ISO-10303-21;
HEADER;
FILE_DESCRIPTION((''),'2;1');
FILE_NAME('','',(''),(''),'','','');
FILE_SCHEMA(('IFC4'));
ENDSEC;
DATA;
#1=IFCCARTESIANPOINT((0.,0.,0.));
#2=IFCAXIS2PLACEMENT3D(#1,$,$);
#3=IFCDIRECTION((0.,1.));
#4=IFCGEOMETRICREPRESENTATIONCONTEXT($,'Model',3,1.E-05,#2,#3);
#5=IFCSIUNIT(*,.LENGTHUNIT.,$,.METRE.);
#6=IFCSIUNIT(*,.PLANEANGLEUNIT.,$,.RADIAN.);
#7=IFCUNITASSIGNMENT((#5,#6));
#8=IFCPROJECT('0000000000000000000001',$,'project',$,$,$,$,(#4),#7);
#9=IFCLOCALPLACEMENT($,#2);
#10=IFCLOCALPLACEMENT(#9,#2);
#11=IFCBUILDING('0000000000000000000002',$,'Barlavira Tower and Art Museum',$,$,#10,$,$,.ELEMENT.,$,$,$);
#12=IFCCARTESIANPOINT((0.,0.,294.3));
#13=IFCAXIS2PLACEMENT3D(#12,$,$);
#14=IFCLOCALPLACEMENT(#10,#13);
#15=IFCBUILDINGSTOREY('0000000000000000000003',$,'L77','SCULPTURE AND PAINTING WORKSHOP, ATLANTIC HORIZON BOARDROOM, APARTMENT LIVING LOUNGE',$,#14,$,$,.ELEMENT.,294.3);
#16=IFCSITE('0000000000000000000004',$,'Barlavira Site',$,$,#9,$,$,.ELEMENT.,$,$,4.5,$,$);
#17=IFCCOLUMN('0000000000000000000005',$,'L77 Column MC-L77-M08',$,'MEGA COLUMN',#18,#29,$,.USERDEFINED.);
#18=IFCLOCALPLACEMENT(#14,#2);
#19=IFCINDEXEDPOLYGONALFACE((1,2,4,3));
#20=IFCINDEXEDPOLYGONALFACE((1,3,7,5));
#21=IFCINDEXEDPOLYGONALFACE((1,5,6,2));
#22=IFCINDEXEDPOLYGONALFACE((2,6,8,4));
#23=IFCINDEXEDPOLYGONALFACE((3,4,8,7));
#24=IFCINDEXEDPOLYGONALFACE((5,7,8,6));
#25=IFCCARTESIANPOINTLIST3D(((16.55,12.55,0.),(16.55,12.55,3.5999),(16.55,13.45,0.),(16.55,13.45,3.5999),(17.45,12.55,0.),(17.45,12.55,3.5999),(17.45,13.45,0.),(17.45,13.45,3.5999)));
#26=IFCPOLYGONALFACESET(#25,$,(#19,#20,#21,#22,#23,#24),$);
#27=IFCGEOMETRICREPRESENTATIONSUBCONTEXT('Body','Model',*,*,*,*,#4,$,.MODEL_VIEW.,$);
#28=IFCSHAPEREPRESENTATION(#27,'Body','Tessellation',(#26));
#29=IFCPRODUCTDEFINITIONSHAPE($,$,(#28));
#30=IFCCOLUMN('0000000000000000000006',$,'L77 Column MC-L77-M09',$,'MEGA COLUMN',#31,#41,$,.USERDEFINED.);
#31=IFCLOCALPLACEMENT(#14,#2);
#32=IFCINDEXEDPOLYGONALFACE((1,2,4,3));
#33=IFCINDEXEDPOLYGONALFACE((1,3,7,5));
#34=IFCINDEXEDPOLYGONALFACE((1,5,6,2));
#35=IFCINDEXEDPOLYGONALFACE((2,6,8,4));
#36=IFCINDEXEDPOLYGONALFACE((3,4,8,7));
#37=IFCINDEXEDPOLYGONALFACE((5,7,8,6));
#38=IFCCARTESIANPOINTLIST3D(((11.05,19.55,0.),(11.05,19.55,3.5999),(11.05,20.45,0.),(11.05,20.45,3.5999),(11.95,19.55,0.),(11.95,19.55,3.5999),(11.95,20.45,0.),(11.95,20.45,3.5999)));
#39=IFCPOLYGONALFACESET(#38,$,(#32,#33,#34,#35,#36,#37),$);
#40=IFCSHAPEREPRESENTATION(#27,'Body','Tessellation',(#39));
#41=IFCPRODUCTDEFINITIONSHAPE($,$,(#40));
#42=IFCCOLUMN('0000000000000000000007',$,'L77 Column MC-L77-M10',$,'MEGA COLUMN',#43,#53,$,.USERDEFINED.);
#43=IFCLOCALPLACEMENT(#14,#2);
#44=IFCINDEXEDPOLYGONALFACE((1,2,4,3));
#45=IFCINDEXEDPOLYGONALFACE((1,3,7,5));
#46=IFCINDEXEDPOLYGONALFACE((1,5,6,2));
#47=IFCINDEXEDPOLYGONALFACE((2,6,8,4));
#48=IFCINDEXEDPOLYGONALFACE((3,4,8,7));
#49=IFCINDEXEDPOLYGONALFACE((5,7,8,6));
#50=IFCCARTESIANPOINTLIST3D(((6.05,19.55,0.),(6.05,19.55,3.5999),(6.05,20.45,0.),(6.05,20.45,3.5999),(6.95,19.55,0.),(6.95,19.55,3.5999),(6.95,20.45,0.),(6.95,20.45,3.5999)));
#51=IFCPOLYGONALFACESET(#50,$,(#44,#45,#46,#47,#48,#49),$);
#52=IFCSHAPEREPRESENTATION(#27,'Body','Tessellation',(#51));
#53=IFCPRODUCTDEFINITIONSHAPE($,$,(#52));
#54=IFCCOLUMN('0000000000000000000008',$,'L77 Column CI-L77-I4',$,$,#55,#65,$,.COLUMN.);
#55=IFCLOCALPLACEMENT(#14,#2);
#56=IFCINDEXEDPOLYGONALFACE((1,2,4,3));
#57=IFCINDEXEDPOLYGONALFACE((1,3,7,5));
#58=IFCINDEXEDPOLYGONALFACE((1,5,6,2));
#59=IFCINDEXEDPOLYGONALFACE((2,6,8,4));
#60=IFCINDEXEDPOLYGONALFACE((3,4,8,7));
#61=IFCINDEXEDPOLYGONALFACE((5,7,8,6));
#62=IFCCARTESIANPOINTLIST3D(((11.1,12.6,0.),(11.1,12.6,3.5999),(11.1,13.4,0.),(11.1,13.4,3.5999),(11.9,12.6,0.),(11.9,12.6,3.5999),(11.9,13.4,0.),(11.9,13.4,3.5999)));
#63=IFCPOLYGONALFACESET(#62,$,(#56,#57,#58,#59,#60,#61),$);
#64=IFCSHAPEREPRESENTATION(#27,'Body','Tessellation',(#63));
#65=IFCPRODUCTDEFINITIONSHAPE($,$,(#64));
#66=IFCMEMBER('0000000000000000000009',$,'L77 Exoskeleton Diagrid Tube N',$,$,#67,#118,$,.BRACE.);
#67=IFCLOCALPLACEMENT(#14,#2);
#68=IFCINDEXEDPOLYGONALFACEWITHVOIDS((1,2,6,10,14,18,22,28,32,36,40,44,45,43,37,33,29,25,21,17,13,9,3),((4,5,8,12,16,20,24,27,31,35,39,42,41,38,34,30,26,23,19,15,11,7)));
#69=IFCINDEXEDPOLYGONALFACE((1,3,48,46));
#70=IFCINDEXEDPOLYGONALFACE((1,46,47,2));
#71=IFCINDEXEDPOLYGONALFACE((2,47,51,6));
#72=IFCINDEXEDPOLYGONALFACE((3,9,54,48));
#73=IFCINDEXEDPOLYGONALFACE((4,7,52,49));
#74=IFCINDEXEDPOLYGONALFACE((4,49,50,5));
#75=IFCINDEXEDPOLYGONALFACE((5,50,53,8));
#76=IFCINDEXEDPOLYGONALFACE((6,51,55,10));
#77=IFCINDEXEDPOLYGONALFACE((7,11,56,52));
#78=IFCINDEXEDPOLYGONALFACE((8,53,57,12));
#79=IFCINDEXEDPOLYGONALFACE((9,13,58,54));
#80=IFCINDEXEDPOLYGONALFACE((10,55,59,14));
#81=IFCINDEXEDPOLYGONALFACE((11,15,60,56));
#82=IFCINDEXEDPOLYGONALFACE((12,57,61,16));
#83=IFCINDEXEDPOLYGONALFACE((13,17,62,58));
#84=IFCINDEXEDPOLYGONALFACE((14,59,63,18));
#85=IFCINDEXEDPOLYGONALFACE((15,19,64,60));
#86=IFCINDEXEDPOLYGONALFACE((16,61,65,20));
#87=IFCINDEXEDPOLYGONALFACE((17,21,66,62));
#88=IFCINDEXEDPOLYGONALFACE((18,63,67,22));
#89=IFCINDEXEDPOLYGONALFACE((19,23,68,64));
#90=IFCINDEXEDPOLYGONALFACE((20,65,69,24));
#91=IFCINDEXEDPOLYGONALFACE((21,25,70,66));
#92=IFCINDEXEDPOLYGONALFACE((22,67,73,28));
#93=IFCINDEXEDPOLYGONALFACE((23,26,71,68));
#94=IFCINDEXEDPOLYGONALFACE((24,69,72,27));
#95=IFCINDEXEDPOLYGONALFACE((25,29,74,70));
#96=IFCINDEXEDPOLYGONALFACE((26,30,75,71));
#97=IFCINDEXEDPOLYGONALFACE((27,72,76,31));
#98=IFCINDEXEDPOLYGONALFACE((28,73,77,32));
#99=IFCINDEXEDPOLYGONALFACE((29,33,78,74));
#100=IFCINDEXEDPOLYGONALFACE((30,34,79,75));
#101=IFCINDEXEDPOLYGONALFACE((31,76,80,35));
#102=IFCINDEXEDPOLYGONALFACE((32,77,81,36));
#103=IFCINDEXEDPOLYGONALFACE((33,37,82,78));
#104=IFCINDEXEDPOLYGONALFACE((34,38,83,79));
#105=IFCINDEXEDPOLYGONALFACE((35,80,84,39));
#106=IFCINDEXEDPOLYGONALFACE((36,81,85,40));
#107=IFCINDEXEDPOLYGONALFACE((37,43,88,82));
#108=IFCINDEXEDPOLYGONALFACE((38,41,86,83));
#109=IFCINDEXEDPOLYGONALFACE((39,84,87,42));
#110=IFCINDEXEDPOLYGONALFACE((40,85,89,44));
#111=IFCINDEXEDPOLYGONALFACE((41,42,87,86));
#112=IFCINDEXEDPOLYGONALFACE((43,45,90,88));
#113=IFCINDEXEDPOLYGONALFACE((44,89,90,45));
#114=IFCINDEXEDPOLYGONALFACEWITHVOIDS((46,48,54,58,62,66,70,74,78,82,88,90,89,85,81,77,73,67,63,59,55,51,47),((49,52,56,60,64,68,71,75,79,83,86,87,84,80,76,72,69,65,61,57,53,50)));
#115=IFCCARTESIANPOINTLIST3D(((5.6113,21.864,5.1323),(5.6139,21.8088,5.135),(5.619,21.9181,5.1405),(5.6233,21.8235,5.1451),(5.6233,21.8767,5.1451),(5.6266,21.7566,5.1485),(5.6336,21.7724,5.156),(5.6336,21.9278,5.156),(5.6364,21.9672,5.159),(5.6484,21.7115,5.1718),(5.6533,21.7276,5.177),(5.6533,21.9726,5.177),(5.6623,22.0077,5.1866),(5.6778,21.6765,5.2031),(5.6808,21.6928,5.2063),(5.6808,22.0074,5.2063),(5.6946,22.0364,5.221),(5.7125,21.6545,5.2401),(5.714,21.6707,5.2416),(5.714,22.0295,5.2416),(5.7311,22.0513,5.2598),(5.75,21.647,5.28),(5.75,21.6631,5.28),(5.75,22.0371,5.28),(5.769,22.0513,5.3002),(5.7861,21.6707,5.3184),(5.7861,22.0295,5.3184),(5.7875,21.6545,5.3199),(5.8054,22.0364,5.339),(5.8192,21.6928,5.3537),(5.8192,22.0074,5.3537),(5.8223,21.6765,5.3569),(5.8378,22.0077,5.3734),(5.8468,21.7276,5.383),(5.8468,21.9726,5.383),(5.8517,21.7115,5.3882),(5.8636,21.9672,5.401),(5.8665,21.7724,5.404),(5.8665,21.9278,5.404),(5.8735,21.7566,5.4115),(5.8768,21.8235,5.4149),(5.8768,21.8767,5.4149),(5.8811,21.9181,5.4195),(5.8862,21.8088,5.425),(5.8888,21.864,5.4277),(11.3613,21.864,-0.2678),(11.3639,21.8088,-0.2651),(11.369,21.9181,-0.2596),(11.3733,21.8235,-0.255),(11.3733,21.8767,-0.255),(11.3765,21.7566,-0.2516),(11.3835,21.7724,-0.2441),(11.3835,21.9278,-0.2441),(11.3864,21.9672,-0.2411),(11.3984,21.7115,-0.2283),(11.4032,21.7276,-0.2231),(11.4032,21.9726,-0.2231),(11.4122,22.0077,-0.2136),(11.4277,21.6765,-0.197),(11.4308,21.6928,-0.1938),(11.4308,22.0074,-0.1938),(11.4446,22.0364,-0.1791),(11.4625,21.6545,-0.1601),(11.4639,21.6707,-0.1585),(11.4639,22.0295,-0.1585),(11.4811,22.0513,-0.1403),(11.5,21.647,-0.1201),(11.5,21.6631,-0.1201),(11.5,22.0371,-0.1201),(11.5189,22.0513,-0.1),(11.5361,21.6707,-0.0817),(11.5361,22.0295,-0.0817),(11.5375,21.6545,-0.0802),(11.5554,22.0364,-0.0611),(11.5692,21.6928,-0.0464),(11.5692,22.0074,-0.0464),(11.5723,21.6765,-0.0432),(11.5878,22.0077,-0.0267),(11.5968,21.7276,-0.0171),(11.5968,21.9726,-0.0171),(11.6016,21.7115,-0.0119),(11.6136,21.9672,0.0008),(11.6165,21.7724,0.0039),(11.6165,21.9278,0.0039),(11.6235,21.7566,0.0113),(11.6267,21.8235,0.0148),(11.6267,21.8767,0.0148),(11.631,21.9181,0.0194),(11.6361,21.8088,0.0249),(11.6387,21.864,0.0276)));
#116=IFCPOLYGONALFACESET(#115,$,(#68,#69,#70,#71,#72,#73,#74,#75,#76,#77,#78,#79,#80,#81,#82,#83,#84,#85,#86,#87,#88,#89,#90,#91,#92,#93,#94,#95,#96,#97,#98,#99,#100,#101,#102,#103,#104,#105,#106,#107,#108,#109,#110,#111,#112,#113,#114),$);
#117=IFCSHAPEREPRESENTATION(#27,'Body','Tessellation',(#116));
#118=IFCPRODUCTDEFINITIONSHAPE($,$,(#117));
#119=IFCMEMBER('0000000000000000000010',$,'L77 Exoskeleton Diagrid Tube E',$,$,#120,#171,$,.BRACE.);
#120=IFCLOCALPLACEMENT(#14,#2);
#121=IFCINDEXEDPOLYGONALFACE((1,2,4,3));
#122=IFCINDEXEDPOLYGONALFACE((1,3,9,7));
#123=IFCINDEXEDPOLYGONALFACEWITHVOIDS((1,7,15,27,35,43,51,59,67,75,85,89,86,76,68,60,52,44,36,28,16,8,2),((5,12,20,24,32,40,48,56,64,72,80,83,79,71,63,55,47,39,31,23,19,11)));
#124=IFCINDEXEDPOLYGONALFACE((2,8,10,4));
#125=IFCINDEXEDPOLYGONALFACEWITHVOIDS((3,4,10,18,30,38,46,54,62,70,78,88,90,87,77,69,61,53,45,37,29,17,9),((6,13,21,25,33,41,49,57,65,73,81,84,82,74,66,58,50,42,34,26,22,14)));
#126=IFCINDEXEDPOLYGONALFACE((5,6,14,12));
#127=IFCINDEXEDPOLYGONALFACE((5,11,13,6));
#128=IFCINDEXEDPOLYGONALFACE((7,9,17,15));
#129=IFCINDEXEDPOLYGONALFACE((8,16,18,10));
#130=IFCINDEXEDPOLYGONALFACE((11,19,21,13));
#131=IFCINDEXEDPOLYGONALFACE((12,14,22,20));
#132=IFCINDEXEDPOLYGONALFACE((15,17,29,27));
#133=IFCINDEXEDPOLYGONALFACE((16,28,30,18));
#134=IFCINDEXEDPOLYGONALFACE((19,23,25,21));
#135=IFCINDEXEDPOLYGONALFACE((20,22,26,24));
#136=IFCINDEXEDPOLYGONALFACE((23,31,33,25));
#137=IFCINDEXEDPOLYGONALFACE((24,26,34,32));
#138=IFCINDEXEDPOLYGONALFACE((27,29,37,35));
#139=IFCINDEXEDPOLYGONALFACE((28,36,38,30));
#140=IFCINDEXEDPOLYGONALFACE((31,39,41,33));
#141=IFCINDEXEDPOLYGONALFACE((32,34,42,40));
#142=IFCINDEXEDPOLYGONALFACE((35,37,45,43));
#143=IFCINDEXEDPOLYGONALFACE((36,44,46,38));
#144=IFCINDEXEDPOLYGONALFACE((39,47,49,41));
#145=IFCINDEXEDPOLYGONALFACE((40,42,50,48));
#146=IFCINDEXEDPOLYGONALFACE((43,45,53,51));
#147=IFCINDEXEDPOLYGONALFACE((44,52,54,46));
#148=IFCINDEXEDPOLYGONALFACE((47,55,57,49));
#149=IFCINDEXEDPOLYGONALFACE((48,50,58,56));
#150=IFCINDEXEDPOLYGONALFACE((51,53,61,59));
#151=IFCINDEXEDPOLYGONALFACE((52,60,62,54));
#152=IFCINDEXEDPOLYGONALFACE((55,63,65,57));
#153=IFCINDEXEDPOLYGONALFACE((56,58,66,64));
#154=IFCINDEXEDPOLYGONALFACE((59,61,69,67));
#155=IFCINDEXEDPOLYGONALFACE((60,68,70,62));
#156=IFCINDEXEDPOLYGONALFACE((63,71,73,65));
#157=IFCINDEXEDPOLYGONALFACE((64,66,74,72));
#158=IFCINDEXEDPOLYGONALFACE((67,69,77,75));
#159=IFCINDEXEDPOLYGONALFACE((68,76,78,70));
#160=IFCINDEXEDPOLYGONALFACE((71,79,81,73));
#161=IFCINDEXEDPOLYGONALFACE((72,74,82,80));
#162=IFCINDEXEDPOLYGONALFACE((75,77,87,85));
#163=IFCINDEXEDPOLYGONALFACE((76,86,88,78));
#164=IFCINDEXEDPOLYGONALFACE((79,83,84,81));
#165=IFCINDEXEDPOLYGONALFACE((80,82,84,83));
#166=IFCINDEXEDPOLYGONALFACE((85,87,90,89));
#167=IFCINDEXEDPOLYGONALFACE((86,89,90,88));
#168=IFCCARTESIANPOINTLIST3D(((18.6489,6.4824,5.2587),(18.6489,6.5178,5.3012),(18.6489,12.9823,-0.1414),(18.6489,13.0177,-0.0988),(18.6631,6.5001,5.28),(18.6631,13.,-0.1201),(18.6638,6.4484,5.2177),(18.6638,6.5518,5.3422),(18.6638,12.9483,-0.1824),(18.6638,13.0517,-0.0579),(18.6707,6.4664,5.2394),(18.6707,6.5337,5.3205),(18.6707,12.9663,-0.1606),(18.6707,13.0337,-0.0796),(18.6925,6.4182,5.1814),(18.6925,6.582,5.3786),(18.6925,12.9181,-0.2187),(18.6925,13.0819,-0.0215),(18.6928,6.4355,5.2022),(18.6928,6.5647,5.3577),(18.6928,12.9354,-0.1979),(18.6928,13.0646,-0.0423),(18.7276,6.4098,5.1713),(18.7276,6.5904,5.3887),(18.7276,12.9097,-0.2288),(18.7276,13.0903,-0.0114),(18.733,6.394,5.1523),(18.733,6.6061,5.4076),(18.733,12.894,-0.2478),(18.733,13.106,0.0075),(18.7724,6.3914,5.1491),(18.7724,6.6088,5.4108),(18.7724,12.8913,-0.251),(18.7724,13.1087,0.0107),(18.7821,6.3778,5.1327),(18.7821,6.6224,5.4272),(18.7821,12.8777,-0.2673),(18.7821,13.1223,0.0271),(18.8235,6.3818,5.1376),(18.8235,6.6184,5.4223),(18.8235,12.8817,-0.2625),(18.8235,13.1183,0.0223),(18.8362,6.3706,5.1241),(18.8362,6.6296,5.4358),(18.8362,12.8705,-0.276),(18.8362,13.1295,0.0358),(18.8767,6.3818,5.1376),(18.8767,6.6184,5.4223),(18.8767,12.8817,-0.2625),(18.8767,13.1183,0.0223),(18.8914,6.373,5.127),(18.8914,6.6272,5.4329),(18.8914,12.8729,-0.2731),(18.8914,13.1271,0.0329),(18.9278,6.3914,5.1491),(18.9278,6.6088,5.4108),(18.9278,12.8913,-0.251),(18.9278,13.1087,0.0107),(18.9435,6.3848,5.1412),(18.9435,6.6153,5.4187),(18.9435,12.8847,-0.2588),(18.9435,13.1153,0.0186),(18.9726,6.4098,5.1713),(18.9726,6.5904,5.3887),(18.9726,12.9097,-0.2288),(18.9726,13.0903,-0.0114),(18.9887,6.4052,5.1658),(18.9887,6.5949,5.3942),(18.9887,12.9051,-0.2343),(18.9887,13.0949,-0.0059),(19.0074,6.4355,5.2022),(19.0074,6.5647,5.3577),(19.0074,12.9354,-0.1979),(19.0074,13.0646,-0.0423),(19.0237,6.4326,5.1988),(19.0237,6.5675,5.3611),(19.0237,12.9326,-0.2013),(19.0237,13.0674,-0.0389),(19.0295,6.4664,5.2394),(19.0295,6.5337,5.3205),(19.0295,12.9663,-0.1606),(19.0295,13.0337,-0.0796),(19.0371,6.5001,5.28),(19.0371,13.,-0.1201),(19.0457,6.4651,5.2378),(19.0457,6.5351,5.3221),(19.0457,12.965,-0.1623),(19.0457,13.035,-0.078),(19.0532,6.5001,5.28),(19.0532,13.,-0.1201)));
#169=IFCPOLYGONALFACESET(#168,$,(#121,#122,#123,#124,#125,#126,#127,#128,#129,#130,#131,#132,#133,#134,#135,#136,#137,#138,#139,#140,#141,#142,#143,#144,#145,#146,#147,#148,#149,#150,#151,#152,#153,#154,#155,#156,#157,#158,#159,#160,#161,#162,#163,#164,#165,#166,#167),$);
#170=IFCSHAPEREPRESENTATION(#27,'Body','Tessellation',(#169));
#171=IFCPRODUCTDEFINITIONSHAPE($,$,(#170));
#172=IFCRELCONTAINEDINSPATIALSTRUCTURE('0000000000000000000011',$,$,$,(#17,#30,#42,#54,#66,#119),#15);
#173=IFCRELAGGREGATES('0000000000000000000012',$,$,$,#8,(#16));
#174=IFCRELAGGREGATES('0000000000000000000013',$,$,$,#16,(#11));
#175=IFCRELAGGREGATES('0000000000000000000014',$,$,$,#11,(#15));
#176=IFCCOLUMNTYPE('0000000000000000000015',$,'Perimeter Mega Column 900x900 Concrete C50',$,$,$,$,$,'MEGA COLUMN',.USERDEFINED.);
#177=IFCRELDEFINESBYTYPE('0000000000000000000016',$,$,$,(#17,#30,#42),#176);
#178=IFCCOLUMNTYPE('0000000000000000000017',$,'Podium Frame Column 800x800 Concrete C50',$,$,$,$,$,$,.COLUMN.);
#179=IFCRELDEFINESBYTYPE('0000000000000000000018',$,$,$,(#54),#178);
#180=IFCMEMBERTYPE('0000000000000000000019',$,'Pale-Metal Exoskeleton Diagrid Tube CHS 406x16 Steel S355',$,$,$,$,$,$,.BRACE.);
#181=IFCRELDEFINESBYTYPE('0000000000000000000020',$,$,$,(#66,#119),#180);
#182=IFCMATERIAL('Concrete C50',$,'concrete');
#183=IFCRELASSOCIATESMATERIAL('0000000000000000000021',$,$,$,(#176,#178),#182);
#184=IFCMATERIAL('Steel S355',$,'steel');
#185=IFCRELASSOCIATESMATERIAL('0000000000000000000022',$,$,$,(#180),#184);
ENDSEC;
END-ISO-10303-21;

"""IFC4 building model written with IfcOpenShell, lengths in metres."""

from ifc_helpers import new_model, si_unit, direction, frame, origin, origin_2d, place, context, subcontext, project, spatial, rectangle, hollow_circle, extrude, material, material_profile, profile_set, type_object, element, save


model = new_model("IFC4")

# Units and contexts
model_context = context("Model", 3, precision=1e-05, world=origin(), true_north=direction((0.0, 1.0)))
body_context = subcontext(model_context, "Body", "Model", "MODEL_VIEW")
ifc_project = project(units=[si_unit("LENGTHUNIT", "METRE"), si_unit("PLANEANGLEUNIT", "RADIAN")], contexts=[model_context])

# Site, building, storey
site_placement = place(None, origin())
site = spatial("IfcSite", under=ifc_project, at=site_placement, Name="Barlavira Site", CompositionType="ELEMENT", RefElevation=4.5)
building_placement = place(site_placement, origin())
building = spatial("IfcBuilding", under=site, at=building_placement, Name="Barlavira Tower and Art Museum", CompositionType="ELEMENT")
storey_placement = place(building_placement, frame((0.0, 0.0, 294.3)))
storey = spatial("IfcBuildingStorey", under=building, at=storey_placement, Name="L77", Description="SCULPTURE AND PAINTING WORKSHOP, ATLANTIC HORIZON BOARDROOM, APARTMENT LIVING LOUNGE", CompositionType="ELEMENT", Elevation=294.3)

# Columns
ifc_material_1 = material(Name="Concrete C50", Category="concrete")
ifc_material_profile_1 = material_profile(ifc_material_1, rectangle(XDim=0.8999, YDim=0.8999, at=origin_2d()), Name="RC-COL 900x900")
ifc_profile_set_1 = profile_set([ifc_material_profile_1], Name="Concrete C50")
column_type_1 = type_object("IfcColumnType", Name="Perimeter Mega Column 900x900 Concrete C50", ElementType="MEGA COLUMN", PredefinedType="USERDEFINED", material=ifc_profile_set_1)
for number, where, z_axis, x_axis, name in (
    (1, (17.0, 13.0, 0.0), (0.0, 0.0, 1.0), (1.0, 0.0, 0.0), "L77 Column MC-L77-M08"),
    (2, (11.5, 20.0, 0.0), (0.0, 0.0, 1.0), (1.0, 0.0, 0.0), "L77 Column MC-L77-M09"),
    (3, (6.5, 20.0, 0.0), (0.0, 0.0, 1.0), (1.0, 0.0, 0.0), "L77 Column MC-L77-M10"),
):
    element("IfcColumn", number, at=place(storey_placement, frame(where, z_axis=z_axis, x_axis=x_axis)), inside=storey, type_object=column_type_1, Name=name, ObjectType="MEGA COLUMN", PredefinedType="USERDEFINED", context=body_context, shape_type="SweptSolid", body=[
        extrude(rectangle(XDim=0.8999, YDim=0.8999, at=origin_2d()), origin(), (0.0, 0.0, 1.0), 3.5999),
    ])
ifc_material_profile_2 = material_profile(ifc_material_1, rectangle(XDim=0.8, YDim=0.8, at=origin_2d()), Name="RC-COL 800x800")
ifc_profile_set_2 = profile_set([ifc_material_profile_2], Name="Concrete C50")
column_type_2 = type_object("IfcColumnType", Name="Podium Frame Column 800x800 Concrete C50", PredefinedType="COLUMN", material=ifc_profile_set_2)
column_placement = place(storey_placement, frame((11.5, 13.0, 0.0), z_axis=(0.0, 0.0, 1.0), x_axis=(1.0, 0.0, 0.0)))
element("IfcColumn", 4, at=column_placement, inside=storey, type_object=column_type_2, Name="L77 Column CI-L77-I4", PredefinedType="COLUMN", context=body_context, shape_type="SweptSolid", body=[
    extrude(rectangle(XDim=0.8, YDim=0.8, at=origin_2d()), origin(), (0.0, 0.0, 1.0), 3.5999),
])

# Members
ifc_material_2 = material(Name="Steel S355", Category="steel")
ifc_material_profile_3 = material_profile(ifc_material_2, hollow_circle(Radius=0.2031, WallThickness=0.0161, at=origin_2d()), Name="CHS 406.4x16.0")
ifc_profile_set_3 = profile_set([ifc_material_profile_3], Name="Steel S355")
member_type_1 = type_object("IfcMemberType", Name="Pale-Metal Exoskeleton Diagrid Tube CHS 406x16 Steel S355", PredefinedType="BRACE", material=ifc_profile_set_3)
member_1_placement = place(storey_placement, frame((11.5, 21.8501, -0.1201), z_axis=(-0.728935, 0.0, 0.684583), x_axis=(0.0, -1.0, 0.0)))
element("IfcMember", 5, at=member_1_placement, inside=storey, type_object=member_type_1, Name="L77 Exoskeleton Diagrid Tube N", PredefinedType="BRACE", context=body_context, shape_type="SweptSolid", body=[
    extrude(hollow_circle(Radius=0.2031, WallThickness=0.0161, at=origin_2d()), origin(), (0.0, 0.0, 1.0), 7.8882),
])
member_2_placement = place(storey_placement, frame((18.8501, 13.0, -0.1201), z_axis=(0.0, -0.769182, 0.63903), x_axis=(1.0, 0.0, 0.0)))
element("IfcMember", 6, at=member_2_placement, inside=storey, type_object=member_type_1, Name="L77 Exoskeleton Diagrid Tube E", PredefinedType="BRACE", context=body_context, shape_type="SweptSolid", body=[
    extrude(hollow_circle(Radius=0.2031, WallThickness=0.0161, at=origin_2d()), origin(), (0.0, 0.0, 1.0), 8.4504),
])

save(model, "model.ifc")
